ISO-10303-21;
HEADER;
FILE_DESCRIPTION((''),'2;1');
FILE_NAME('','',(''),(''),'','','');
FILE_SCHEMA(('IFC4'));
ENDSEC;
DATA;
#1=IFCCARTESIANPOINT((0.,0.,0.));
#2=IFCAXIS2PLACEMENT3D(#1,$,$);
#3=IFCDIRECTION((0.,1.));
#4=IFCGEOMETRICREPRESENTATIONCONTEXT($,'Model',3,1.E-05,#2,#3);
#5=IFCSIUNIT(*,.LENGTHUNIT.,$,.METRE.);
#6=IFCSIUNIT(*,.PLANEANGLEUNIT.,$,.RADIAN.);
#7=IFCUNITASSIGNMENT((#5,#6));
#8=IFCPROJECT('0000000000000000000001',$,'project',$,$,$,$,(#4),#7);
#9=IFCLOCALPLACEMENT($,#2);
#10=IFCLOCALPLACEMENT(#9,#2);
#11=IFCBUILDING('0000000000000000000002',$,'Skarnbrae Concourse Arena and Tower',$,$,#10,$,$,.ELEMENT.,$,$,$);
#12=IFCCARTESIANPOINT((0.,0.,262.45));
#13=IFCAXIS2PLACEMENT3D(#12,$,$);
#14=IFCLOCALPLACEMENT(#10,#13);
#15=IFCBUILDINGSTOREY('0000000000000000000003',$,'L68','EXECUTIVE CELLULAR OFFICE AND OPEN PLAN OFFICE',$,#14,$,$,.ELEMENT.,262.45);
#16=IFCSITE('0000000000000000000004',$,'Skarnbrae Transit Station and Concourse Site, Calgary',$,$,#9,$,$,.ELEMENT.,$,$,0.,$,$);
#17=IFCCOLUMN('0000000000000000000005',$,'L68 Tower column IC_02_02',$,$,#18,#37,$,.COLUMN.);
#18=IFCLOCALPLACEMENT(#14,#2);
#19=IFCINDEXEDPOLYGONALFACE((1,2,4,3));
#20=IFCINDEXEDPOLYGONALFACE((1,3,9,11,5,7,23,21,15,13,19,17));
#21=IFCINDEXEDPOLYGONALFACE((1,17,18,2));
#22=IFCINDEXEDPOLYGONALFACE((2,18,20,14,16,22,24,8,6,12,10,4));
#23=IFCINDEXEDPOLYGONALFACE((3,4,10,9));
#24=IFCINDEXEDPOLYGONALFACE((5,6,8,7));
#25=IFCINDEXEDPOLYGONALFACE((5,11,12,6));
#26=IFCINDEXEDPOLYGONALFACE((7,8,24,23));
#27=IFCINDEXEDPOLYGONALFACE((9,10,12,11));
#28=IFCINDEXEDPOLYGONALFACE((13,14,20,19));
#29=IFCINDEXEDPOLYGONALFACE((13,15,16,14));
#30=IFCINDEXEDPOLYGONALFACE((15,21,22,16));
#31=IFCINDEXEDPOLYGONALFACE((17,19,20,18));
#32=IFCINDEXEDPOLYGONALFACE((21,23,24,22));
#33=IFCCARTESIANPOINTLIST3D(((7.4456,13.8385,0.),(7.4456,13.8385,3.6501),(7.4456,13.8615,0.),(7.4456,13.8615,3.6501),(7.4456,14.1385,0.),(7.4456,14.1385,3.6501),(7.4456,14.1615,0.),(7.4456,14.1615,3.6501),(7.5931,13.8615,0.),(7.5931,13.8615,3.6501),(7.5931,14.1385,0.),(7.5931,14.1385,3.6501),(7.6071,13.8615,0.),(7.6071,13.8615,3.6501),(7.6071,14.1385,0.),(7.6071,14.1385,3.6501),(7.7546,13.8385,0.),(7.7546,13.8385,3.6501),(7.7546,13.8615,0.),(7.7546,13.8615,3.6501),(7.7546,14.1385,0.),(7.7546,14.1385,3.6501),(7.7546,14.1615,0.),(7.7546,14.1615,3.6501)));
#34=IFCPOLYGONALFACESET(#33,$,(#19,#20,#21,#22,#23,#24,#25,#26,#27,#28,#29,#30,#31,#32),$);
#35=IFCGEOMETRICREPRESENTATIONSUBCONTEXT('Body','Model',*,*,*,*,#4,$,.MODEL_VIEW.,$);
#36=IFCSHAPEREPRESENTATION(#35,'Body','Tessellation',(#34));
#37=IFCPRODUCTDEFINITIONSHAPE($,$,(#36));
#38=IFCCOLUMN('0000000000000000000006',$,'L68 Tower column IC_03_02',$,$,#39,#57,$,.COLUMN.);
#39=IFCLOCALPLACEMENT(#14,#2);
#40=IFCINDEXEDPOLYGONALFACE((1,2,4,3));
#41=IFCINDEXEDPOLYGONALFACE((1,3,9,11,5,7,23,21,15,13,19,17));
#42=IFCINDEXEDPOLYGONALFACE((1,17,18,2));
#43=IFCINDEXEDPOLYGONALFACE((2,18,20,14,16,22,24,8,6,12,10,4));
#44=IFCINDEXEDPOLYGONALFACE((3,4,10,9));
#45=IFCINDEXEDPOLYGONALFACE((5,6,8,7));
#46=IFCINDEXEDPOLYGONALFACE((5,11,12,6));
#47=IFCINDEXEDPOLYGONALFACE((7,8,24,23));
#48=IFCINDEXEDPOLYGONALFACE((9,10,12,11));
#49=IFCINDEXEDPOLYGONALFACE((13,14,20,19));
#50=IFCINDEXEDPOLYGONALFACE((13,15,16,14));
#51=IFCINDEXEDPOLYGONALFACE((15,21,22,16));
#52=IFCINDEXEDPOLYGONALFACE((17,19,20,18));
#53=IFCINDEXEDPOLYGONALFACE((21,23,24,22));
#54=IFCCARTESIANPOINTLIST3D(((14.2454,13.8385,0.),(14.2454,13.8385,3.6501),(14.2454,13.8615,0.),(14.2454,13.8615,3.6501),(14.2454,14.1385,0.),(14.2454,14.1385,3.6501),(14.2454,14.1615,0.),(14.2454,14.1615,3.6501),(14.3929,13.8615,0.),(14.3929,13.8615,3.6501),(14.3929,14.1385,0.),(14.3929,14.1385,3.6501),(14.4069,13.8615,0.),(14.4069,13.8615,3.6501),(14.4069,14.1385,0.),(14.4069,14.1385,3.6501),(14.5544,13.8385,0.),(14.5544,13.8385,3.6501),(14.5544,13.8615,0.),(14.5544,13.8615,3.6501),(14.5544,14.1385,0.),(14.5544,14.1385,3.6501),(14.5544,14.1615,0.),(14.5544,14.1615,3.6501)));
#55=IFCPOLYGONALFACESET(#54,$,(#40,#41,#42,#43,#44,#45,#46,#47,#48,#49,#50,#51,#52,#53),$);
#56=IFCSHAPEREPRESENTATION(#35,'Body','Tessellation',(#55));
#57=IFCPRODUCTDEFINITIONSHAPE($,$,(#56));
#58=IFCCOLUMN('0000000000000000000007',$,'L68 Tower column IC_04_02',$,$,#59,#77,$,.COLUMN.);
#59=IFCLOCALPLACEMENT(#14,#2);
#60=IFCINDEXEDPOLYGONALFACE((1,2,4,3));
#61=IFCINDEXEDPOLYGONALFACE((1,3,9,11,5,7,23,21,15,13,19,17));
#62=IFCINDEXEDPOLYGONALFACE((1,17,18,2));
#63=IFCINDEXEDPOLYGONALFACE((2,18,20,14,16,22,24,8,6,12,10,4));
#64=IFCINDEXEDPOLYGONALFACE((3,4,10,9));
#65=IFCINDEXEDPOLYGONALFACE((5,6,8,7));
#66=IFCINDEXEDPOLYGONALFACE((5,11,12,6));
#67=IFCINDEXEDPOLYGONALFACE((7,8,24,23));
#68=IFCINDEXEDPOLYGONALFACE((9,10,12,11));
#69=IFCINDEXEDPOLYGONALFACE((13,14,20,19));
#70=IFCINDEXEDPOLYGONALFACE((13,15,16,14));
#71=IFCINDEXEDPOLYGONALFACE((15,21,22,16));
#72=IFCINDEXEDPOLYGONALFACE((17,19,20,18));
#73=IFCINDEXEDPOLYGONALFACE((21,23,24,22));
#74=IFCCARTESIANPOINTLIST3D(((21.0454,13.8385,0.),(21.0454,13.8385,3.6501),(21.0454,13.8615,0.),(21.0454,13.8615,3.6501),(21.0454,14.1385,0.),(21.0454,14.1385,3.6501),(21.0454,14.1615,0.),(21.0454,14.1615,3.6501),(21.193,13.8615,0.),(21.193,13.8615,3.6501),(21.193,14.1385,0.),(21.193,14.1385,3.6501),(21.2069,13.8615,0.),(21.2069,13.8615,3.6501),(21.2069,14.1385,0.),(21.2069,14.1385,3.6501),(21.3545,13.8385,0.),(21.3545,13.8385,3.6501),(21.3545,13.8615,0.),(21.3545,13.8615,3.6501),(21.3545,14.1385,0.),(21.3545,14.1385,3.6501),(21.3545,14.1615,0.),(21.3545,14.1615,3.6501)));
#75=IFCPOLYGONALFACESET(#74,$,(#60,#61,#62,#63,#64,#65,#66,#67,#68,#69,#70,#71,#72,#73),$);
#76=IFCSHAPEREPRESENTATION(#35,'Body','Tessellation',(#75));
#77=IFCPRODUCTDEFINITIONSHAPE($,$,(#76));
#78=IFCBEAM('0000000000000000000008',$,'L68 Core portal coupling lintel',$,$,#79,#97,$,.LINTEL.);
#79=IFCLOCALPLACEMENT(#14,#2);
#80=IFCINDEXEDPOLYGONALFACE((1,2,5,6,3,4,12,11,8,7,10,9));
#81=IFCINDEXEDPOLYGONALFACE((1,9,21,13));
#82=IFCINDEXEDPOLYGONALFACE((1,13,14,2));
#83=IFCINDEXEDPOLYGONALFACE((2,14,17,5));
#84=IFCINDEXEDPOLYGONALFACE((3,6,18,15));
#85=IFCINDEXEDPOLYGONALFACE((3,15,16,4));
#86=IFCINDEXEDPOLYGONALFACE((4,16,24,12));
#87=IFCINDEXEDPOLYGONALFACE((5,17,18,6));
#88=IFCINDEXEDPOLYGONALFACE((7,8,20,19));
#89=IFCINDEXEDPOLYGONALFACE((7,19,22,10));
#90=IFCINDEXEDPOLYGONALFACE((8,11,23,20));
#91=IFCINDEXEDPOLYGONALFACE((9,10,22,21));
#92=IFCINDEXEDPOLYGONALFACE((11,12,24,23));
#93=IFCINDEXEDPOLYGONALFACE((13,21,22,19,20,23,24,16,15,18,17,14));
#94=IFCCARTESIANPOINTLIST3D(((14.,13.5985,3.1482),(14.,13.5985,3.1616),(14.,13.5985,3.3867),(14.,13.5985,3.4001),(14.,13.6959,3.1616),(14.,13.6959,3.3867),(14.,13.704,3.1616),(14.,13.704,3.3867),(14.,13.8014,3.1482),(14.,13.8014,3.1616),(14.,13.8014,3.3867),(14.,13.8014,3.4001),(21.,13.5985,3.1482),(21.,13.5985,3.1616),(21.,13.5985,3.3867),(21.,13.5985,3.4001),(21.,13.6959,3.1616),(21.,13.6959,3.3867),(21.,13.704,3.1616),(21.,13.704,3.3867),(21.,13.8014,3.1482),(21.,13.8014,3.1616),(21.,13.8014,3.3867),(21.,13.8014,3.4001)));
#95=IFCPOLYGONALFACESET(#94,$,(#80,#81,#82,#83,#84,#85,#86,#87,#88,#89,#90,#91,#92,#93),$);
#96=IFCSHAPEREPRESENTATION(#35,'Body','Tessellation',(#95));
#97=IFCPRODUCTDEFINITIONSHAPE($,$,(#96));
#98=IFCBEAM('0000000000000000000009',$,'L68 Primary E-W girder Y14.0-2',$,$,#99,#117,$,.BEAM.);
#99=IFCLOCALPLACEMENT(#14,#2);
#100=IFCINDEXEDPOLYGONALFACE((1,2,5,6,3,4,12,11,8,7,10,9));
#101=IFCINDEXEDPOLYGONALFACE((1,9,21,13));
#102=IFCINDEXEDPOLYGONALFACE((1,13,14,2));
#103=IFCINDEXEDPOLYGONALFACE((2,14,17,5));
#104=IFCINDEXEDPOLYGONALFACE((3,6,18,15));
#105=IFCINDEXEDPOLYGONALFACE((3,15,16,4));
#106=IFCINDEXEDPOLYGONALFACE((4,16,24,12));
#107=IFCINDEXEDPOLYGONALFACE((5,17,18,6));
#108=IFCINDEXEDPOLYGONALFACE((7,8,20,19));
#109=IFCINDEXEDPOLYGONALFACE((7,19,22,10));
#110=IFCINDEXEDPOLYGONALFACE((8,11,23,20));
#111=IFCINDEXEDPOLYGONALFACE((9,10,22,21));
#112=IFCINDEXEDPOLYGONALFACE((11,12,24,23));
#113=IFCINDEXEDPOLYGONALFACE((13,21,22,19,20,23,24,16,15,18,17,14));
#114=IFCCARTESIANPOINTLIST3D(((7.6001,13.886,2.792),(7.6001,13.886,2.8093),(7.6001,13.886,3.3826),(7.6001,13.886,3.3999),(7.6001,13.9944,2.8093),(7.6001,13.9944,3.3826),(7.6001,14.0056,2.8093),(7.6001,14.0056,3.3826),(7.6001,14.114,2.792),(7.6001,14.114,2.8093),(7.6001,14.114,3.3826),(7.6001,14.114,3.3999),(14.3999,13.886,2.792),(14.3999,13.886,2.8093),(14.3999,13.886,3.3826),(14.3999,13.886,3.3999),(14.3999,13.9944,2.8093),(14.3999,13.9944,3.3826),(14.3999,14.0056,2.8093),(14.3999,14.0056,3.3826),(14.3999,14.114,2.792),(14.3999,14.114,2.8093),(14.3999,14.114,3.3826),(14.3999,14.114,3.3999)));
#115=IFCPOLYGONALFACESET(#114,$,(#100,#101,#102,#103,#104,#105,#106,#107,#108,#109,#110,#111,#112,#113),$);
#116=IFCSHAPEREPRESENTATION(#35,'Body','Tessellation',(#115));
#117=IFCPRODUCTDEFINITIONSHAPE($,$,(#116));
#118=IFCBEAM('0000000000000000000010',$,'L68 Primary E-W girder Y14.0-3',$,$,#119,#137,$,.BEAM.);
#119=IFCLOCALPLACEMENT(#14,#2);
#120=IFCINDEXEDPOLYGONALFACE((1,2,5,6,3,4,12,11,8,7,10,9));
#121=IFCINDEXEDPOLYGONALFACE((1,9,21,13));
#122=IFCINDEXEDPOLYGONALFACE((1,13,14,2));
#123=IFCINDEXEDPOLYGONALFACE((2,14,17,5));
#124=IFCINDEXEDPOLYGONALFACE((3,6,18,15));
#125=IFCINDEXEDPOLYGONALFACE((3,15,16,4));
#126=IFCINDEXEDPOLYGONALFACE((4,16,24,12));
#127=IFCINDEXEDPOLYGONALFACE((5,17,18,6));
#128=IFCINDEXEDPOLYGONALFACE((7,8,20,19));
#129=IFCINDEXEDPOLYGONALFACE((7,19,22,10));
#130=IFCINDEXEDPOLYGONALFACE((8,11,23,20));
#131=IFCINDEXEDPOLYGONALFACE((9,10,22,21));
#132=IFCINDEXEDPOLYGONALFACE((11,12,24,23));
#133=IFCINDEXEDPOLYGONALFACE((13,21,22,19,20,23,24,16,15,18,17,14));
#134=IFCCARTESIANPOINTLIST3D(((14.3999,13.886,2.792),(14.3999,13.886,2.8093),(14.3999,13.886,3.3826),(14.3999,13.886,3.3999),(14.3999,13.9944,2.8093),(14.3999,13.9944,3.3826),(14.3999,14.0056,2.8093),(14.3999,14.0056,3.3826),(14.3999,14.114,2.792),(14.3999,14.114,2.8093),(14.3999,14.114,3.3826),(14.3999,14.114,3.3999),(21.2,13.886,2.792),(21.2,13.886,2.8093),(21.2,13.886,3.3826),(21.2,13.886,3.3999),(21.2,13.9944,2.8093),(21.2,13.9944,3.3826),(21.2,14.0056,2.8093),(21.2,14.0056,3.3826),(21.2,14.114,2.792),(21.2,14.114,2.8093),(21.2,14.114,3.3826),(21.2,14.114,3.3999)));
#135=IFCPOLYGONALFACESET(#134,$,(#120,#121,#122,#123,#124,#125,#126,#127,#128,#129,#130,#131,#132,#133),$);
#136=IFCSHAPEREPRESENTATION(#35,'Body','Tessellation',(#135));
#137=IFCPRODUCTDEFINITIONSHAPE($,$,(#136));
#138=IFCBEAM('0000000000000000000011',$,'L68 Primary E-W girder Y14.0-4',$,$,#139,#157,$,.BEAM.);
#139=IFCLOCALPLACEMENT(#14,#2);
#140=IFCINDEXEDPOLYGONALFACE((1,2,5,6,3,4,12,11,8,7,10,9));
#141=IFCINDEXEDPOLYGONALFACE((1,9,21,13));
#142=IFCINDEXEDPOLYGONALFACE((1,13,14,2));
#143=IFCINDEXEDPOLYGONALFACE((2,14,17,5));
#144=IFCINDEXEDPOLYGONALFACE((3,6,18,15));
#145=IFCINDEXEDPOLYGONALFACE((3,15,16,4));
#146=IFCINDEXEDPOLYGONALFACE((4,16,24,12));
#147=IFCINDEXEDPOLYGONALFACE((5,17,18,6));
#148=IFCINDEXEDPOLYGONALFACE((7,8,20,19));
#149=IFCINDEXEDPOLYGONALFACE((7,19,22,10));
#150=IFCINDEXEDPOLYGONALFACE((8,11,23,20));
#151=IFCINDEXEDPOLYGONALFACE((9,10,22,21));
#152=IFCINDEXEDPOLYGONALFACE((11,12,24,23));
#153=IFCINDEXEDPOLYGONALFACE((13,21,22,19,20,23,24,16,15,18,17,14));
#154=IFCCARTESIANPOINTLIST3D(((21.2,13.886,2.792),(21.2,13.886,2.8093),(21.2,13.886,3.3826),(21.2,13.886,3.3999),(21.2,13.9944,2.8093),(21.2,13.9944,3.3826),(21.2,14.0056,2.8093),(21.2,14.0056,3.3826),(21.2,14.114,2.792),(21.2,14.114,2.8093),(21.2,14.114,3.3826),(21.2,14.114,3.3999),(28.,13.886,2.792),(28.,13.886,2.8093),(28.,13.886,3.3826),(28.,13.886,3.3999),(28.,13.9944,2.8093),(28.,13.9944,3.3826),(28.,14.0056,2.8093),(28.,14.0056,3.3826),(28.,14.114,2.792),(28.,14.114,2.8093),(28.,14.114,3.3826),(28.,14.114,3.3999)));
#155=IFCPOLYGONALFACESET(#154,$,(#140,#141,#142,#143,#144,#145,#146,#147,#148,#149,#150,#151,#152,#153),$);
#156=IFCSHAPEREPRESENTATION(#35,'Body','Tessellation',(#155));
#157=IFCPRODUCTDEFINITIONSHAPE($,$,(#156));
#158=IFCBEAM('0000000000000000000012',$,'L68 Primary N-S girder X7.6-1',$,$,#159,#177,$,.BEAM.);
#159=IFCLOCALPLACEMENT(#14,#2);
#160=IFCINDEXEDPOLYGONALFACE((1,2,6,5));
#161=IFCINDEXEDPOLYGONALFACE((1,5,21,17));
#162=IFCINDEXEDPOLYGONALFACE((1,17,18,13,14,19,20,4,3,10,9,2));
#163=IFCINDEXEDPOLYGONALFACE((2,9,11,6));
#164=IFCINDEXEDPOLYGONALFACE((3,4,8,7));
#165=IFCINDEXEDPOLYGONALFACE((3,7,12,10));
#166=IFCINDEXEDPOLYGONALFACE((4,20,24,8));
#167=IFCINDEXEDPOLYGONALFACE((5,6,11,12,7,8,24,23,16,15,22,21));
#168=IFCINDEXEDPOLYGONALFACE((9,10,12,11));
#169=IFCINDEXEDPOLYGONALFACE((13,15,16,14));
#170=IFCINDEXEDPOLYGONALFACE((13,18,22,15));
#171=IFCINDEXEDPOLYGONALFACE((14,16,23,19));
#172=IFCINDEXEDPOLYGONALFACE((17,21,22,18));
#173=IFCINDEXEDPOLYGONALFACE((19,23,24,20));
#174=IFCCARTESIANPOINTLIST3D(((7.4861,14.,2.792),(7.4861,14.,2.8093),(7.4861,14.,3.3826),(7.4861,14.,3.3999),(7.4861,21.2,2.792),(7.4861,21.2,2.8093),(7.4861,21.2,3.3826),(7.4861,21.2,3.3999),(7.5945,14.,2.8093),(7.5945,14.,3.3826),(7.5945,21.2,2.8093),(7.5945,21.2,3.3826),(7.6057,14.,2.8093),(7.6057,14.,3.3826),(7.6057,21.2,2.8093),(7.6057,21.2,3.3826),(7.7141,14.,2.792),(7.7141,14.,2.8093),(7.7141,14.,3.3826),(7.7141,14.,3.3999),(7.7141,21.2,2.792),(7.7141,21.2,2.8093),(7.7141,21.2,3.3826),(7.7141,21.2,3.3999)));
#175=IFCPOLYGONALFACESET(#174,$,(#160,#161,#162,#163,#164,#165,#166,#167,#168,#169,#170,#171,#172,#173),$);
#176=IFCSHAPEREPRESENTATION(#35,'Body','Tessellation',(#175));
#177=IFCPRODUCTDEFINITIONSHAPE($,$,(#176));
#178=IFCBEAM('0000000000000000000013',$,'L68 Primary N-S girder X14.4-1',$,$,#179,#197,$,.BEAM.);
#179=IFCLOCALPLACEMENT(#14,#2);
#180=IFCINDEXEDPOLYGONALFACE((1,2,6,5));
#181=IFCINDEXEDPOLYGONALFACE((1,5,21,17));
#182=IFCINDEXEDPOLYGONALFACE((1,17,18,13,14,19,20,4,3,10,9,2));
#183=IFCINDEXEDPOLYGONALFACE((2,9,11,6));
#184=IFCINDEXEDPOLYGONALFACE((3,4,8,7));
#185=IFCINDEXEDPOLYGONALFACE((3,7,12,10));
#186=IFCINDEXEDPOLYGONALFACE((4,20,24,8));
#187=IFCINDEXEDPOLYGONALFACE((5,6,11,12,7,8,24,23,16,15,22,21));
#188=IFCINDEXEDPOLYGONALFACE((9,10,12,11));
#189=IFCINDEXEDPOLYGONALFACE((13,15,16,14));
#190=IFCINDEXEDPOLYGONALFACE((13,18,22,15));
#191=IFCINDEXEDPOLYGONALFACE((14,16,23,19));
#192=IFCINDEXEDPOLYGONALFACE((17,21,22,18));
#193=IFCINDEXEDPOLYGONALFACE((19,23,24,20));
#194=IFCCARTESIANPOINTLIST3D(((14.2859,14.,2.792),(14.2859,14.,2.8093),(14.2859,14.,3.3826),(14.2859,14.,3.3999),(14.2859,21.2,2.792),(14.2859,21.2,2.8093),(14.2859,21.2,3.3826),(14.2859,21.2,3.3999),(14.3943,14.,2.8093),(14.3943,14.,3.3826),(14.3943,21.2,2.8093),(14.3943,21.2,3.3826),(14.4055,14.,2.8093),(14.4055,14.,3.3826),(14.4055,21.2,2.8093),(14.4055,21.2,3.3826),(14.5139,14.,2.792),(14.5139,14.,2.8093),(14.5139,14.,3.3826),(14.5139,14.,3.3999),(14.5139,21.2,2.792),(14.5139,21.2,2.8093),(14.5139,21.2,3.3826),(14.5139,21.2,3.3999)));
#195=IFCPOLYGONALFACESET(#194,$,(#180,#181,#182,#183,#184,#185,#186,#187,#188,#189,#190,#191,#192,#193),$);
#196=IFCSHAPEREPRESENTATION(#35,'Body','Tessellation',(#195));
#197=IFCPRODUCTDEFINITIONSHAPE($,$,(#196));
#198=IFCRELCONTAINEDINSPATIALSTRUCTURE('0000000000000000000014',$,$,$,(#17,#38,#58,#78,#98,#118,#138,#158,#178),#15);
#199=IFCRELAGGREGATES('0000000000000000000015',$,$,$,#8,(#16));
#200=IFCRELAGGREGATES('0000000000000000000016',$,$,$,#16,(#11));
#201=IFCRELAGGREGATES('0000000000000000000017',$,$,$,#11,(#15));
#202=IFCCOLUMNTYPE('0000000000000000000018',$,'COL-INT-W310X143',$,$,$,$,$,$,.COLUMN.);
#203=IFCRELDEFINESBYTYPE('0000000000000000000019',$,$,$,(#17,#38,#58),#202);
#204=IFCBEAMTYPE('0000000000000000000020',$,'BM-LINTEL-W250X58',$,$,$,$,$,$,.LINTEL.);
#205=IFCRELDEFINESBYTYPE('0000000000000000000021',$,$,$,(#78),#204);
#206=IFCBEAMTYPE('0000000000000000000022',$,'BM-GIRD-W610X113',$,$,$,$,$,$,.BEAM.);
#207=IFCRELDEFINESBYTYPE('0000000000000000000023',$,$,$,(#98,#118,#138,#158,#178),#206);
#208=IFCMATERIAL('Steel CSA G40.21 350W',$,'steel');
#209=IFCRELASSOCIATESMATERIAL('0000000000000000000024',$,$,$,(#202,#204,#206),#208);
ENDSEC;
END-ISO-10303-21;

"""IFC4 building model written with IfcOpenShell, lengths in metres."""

from ifc_helpers import new_model, si_unit, direction, frame, origin, origin_2d, place, context, subcontext, project, spatial, i_section, extrude, source, transform, mapped, material, material_profile, profile_set, type_object, element, save


model = new_model("IFC4")

# Units and contexts
model_context = context("Model", 3, precision=1e-05, world=origin(), true_north=direction((0.0, 1.0)))
body_context = subcontext(model_context, "Body", "Model", "MODEL_VIEW")
ifc_project = project(units=[si_unit("LENGTHUNIT", "METRE"), si_unit("PLANEANGLEUNIT", "RADIAN")], contexts=[model_context])

# Site, building, storey
site_placement = place(None, origin())
site = spatial("IfcSite", under=ifc_project, at=site_placement, Name="Skarnbrae Transit Station and Concourse Site, Calgary", CompositionType="ELEMENT", RefElevation=0.0)
building_placement = place(site_placement, origin())
building = spatial("IfcBuilding", under=site, at=building_placement, Name="Skarnbrae Concourse Arena and Tower", CompositionType="ELEMENT")
storey_placement = place(building_placement, frame((0.0, 0.0, 262.45)))
storey = spatial("IfcBuildingStorey", under=building, at=storey_placement, Name="L68", Description="EXECUTIVE CELLULAR OFFICE AND OPEN PLAN OFFICE", CompositionType="ELEMENT", Elevation=262.45)

# Columns
ifc_material_1 = material(Name="Steel CSA G40.21 350W", Category="steel")
ifc_material_profile_1 = material_profile(ifc_material_1, i_section(OverallWidth=0.3091, OverallDepth=0.323, WebThickness=0.0139, FlangeThickness=0.0229, at=origin_2d()), Name="W310X143")
ifc_profile_set_1 = profile_set([ifc_material_profile_1], Name="Steel CSA G40.21 350W")
column_type = type_object("IfcColumnType", Name="COL-INT-W310X143", PredefinedType="COLUMN", material=ifc_profile_set_1)
shared_shape_1 = source(origin(), body_context, "Body", "SweptSolid", [
    extrude(i_section(OverallWidth=0.3091, OverallDepth=0.323, WebThickness=0.0139, FlangeThickness=0.0229, at=origin_2d()), origin(), (0.0, 0.0, 1.0), 3.6501),
])
for number, where, z_axis, x_axis, name in (
    (1, (7.6001, 14.0, 0.0), (0.0, 0.0, 1.0), (1.0, 0.0, 0.0), "L68 Tower column IC_02_02"),
    (2, (14.3999, 14.0, 0.0), (0.0, 0.0, 1.0), (1.0, 0.0, 0.0), "L68 Tower column IC_03_02"),
    (3, (21.2, 14.0, 0.0), (0.0, 0.0, 1.0), (1.0, 0.0, 0.0), "L68 Tower column IC_04_02"),
):
    element("IfcColumn", number, at=place(storey_placement, frame(where, z_axis=z_axis, x_axis=x_axis)), inside=storey, type_object=column_type, Name=name, PredefinedType="COLUMN", context=body_context, shape_type="MappedRepresentation", body=[
        mapped(shared_shape_1, transform((0.0, 0.0, 0.0))),
    ])

# Beams
ifc_material_profile_2 = material_profile(ifc_material_1, i_section(OverallWidth=0.2029, OverallDepth=0.252, WebThickness=0.0081, FlangeThickness=0.0134, at=origin_2d()), Name="W250X58")
ifc_profile_set_2 = profile_set([ifc_material_profile_2], Name="Steel CSA G40.21 350W")
beam_type_1 = type_object("IfcBeamType", Name="BM-LINTEL-W250X58", PredefinedType="LINTEL", material=ifc_profile_set_2)
shared_shape_2 = source(origin(), body_context, "Body", "SweptSolid", [
    extrude(i_section(OverallWidth=0.2029, OverallDepth=0.252, WebThickness=0.0081, FlangeThickness=0.0134, at=origin_2d()), origin(), (0.0, 0.0, 1.0), 7.0),
])
beam_1_placement = place(storey_placement, frame((14.0, 13.7, 3.2742), z_axis=(1.0, 0.0, 0.0), x_axis=(0.0, 1.0, 0.0)))
element("IfcBeam", 4, at=beam_1_placement, inside=storey, type_object=beam_type_1, Name="L68 Core portal coupling lintel", PredefinedType="LINTEL", context=body_context, shape_type="MappedRepresentation", body=[
    mapped(shared_shape_2, transform((0.0, 0.0, 0.0))),
])
ifc_material_profile_3 = material_profile(ifc_material_1, i_section(OverallWidth=0.228, OverallDepth=0.6079, WebThickness=0.0112, FlangeThickness=0.0173, at=origin_2d()), Name="W610X113")
ifc_profile_set_3 = profile_set([ifc_material_profile_3], Name="Steel CSA G40.21 350W")
beam_type_2 = type_object("IfcBeamType", Name="BM-GIRD-W610X113", PredefinedType="BEAM", material=ifc_profile_set_3)
shared_shape_3 = source(origin(), body_context, "Body", "SweptSolid", [
    extrude(i_section(OverallWidth=0.228, OverallDepth=0.6079, WebThickness=0.0112, FlangeThickness=0.0173, at=origin_2d()), origin(), (0.0, 0.0, 1.0), 6.7998),
])
beam_2_placement = place(storey_placement, frame((7.6001, 14.0, 3.0959), z_axis=(1.0, 0.0, 0.0), x_axis=(0.0, 1.0, 0.0)))
element("IfcBeam", 5, at=beam_2_placement, inside=storey, type_object=beam_type_2, Name="L68 Primary E-W girder Y14.0-2", PredefinedType="BEAM", context=body_context, shape_type="MappedRepresentation", body=[
    mapped(shared_shape_3, transform((0.0, 0.0, 0.0))),
])
shared_shape_4 = source(origin(), body_context, "Body", "SweptSolid", [
    extrude(i_section(OverallWidth=0.228, OverallDepth=0.6079, WebThickness=0.0112, FlangeThickness=0.0173, at=origin_2d()), origin(), (0.0, 0.0, 1.0), 6.8),
])
for number, where, z_axis, x_axis, name in (
    (6, (14.3999, 14.0, 3.0959), (1.0, 0.0, 0.0), (0.0, 1.0, 0.0), "L68 Primary E-W girder Y14.0-3"),
    (7, (21.2, 14.0, 3.0959), (1.0, 0.0, 0.0), (0.0, 1.0, 0.0), "L68 Primary E-W girder Y14.0-4"),
):
    element("IfcBeam", number, at=place(storey_placement, frame(where, z_axis=z_axis, x_axis=x_axis)), inside=storey, type_object=beam_type_2, Name=name, PredefinedType="BEAM", context=body_context, shape_type="MappedRepresentation", body=[
        mapped(shared_shape_4, transform((0.0, 0.0, 0.0))),
    ])
shared_shape_5 = source(origin(), body_context, "Body", "SweptSolid", [
    extrude(i_section(OverallWidth=0.228, OverallDepth=0.6079, WebThickness=0.0112, FlangeThickness=0.0173, at=origin_2d()), origin(), (0.0, 0.0, 1.0), 7.2),
])
for number, where, z_axis, x_axis, name in (
    (8, (7.6001, 14.0, 3.0959), (0.0, 1.0, 0.0), (-1.0, 0.0, 0.0), "L68 Primary N-S girder X7.6-1"),
    (9, (14.3999, 14.0, 3.0959), (0.0, 1.0, 0.0), (-1.0, 0.0, 0.0), "L68 Primary N-S girder X14.4-1"),
):
    element("IfcBeam", number, at=place(storey_placement, frame(where, z_axis=z_axis, x_axis=x_axis)), inside=storey, type_object=beam_type_2, Name=name, PredefinedType="BEAM", context=body_context, shape_type="MappedRepresentation", body=[
        mapped(shared_shape_5, transform((0.0, 0.0, 0.0))),
    ])

save(model, "model.ifc")
